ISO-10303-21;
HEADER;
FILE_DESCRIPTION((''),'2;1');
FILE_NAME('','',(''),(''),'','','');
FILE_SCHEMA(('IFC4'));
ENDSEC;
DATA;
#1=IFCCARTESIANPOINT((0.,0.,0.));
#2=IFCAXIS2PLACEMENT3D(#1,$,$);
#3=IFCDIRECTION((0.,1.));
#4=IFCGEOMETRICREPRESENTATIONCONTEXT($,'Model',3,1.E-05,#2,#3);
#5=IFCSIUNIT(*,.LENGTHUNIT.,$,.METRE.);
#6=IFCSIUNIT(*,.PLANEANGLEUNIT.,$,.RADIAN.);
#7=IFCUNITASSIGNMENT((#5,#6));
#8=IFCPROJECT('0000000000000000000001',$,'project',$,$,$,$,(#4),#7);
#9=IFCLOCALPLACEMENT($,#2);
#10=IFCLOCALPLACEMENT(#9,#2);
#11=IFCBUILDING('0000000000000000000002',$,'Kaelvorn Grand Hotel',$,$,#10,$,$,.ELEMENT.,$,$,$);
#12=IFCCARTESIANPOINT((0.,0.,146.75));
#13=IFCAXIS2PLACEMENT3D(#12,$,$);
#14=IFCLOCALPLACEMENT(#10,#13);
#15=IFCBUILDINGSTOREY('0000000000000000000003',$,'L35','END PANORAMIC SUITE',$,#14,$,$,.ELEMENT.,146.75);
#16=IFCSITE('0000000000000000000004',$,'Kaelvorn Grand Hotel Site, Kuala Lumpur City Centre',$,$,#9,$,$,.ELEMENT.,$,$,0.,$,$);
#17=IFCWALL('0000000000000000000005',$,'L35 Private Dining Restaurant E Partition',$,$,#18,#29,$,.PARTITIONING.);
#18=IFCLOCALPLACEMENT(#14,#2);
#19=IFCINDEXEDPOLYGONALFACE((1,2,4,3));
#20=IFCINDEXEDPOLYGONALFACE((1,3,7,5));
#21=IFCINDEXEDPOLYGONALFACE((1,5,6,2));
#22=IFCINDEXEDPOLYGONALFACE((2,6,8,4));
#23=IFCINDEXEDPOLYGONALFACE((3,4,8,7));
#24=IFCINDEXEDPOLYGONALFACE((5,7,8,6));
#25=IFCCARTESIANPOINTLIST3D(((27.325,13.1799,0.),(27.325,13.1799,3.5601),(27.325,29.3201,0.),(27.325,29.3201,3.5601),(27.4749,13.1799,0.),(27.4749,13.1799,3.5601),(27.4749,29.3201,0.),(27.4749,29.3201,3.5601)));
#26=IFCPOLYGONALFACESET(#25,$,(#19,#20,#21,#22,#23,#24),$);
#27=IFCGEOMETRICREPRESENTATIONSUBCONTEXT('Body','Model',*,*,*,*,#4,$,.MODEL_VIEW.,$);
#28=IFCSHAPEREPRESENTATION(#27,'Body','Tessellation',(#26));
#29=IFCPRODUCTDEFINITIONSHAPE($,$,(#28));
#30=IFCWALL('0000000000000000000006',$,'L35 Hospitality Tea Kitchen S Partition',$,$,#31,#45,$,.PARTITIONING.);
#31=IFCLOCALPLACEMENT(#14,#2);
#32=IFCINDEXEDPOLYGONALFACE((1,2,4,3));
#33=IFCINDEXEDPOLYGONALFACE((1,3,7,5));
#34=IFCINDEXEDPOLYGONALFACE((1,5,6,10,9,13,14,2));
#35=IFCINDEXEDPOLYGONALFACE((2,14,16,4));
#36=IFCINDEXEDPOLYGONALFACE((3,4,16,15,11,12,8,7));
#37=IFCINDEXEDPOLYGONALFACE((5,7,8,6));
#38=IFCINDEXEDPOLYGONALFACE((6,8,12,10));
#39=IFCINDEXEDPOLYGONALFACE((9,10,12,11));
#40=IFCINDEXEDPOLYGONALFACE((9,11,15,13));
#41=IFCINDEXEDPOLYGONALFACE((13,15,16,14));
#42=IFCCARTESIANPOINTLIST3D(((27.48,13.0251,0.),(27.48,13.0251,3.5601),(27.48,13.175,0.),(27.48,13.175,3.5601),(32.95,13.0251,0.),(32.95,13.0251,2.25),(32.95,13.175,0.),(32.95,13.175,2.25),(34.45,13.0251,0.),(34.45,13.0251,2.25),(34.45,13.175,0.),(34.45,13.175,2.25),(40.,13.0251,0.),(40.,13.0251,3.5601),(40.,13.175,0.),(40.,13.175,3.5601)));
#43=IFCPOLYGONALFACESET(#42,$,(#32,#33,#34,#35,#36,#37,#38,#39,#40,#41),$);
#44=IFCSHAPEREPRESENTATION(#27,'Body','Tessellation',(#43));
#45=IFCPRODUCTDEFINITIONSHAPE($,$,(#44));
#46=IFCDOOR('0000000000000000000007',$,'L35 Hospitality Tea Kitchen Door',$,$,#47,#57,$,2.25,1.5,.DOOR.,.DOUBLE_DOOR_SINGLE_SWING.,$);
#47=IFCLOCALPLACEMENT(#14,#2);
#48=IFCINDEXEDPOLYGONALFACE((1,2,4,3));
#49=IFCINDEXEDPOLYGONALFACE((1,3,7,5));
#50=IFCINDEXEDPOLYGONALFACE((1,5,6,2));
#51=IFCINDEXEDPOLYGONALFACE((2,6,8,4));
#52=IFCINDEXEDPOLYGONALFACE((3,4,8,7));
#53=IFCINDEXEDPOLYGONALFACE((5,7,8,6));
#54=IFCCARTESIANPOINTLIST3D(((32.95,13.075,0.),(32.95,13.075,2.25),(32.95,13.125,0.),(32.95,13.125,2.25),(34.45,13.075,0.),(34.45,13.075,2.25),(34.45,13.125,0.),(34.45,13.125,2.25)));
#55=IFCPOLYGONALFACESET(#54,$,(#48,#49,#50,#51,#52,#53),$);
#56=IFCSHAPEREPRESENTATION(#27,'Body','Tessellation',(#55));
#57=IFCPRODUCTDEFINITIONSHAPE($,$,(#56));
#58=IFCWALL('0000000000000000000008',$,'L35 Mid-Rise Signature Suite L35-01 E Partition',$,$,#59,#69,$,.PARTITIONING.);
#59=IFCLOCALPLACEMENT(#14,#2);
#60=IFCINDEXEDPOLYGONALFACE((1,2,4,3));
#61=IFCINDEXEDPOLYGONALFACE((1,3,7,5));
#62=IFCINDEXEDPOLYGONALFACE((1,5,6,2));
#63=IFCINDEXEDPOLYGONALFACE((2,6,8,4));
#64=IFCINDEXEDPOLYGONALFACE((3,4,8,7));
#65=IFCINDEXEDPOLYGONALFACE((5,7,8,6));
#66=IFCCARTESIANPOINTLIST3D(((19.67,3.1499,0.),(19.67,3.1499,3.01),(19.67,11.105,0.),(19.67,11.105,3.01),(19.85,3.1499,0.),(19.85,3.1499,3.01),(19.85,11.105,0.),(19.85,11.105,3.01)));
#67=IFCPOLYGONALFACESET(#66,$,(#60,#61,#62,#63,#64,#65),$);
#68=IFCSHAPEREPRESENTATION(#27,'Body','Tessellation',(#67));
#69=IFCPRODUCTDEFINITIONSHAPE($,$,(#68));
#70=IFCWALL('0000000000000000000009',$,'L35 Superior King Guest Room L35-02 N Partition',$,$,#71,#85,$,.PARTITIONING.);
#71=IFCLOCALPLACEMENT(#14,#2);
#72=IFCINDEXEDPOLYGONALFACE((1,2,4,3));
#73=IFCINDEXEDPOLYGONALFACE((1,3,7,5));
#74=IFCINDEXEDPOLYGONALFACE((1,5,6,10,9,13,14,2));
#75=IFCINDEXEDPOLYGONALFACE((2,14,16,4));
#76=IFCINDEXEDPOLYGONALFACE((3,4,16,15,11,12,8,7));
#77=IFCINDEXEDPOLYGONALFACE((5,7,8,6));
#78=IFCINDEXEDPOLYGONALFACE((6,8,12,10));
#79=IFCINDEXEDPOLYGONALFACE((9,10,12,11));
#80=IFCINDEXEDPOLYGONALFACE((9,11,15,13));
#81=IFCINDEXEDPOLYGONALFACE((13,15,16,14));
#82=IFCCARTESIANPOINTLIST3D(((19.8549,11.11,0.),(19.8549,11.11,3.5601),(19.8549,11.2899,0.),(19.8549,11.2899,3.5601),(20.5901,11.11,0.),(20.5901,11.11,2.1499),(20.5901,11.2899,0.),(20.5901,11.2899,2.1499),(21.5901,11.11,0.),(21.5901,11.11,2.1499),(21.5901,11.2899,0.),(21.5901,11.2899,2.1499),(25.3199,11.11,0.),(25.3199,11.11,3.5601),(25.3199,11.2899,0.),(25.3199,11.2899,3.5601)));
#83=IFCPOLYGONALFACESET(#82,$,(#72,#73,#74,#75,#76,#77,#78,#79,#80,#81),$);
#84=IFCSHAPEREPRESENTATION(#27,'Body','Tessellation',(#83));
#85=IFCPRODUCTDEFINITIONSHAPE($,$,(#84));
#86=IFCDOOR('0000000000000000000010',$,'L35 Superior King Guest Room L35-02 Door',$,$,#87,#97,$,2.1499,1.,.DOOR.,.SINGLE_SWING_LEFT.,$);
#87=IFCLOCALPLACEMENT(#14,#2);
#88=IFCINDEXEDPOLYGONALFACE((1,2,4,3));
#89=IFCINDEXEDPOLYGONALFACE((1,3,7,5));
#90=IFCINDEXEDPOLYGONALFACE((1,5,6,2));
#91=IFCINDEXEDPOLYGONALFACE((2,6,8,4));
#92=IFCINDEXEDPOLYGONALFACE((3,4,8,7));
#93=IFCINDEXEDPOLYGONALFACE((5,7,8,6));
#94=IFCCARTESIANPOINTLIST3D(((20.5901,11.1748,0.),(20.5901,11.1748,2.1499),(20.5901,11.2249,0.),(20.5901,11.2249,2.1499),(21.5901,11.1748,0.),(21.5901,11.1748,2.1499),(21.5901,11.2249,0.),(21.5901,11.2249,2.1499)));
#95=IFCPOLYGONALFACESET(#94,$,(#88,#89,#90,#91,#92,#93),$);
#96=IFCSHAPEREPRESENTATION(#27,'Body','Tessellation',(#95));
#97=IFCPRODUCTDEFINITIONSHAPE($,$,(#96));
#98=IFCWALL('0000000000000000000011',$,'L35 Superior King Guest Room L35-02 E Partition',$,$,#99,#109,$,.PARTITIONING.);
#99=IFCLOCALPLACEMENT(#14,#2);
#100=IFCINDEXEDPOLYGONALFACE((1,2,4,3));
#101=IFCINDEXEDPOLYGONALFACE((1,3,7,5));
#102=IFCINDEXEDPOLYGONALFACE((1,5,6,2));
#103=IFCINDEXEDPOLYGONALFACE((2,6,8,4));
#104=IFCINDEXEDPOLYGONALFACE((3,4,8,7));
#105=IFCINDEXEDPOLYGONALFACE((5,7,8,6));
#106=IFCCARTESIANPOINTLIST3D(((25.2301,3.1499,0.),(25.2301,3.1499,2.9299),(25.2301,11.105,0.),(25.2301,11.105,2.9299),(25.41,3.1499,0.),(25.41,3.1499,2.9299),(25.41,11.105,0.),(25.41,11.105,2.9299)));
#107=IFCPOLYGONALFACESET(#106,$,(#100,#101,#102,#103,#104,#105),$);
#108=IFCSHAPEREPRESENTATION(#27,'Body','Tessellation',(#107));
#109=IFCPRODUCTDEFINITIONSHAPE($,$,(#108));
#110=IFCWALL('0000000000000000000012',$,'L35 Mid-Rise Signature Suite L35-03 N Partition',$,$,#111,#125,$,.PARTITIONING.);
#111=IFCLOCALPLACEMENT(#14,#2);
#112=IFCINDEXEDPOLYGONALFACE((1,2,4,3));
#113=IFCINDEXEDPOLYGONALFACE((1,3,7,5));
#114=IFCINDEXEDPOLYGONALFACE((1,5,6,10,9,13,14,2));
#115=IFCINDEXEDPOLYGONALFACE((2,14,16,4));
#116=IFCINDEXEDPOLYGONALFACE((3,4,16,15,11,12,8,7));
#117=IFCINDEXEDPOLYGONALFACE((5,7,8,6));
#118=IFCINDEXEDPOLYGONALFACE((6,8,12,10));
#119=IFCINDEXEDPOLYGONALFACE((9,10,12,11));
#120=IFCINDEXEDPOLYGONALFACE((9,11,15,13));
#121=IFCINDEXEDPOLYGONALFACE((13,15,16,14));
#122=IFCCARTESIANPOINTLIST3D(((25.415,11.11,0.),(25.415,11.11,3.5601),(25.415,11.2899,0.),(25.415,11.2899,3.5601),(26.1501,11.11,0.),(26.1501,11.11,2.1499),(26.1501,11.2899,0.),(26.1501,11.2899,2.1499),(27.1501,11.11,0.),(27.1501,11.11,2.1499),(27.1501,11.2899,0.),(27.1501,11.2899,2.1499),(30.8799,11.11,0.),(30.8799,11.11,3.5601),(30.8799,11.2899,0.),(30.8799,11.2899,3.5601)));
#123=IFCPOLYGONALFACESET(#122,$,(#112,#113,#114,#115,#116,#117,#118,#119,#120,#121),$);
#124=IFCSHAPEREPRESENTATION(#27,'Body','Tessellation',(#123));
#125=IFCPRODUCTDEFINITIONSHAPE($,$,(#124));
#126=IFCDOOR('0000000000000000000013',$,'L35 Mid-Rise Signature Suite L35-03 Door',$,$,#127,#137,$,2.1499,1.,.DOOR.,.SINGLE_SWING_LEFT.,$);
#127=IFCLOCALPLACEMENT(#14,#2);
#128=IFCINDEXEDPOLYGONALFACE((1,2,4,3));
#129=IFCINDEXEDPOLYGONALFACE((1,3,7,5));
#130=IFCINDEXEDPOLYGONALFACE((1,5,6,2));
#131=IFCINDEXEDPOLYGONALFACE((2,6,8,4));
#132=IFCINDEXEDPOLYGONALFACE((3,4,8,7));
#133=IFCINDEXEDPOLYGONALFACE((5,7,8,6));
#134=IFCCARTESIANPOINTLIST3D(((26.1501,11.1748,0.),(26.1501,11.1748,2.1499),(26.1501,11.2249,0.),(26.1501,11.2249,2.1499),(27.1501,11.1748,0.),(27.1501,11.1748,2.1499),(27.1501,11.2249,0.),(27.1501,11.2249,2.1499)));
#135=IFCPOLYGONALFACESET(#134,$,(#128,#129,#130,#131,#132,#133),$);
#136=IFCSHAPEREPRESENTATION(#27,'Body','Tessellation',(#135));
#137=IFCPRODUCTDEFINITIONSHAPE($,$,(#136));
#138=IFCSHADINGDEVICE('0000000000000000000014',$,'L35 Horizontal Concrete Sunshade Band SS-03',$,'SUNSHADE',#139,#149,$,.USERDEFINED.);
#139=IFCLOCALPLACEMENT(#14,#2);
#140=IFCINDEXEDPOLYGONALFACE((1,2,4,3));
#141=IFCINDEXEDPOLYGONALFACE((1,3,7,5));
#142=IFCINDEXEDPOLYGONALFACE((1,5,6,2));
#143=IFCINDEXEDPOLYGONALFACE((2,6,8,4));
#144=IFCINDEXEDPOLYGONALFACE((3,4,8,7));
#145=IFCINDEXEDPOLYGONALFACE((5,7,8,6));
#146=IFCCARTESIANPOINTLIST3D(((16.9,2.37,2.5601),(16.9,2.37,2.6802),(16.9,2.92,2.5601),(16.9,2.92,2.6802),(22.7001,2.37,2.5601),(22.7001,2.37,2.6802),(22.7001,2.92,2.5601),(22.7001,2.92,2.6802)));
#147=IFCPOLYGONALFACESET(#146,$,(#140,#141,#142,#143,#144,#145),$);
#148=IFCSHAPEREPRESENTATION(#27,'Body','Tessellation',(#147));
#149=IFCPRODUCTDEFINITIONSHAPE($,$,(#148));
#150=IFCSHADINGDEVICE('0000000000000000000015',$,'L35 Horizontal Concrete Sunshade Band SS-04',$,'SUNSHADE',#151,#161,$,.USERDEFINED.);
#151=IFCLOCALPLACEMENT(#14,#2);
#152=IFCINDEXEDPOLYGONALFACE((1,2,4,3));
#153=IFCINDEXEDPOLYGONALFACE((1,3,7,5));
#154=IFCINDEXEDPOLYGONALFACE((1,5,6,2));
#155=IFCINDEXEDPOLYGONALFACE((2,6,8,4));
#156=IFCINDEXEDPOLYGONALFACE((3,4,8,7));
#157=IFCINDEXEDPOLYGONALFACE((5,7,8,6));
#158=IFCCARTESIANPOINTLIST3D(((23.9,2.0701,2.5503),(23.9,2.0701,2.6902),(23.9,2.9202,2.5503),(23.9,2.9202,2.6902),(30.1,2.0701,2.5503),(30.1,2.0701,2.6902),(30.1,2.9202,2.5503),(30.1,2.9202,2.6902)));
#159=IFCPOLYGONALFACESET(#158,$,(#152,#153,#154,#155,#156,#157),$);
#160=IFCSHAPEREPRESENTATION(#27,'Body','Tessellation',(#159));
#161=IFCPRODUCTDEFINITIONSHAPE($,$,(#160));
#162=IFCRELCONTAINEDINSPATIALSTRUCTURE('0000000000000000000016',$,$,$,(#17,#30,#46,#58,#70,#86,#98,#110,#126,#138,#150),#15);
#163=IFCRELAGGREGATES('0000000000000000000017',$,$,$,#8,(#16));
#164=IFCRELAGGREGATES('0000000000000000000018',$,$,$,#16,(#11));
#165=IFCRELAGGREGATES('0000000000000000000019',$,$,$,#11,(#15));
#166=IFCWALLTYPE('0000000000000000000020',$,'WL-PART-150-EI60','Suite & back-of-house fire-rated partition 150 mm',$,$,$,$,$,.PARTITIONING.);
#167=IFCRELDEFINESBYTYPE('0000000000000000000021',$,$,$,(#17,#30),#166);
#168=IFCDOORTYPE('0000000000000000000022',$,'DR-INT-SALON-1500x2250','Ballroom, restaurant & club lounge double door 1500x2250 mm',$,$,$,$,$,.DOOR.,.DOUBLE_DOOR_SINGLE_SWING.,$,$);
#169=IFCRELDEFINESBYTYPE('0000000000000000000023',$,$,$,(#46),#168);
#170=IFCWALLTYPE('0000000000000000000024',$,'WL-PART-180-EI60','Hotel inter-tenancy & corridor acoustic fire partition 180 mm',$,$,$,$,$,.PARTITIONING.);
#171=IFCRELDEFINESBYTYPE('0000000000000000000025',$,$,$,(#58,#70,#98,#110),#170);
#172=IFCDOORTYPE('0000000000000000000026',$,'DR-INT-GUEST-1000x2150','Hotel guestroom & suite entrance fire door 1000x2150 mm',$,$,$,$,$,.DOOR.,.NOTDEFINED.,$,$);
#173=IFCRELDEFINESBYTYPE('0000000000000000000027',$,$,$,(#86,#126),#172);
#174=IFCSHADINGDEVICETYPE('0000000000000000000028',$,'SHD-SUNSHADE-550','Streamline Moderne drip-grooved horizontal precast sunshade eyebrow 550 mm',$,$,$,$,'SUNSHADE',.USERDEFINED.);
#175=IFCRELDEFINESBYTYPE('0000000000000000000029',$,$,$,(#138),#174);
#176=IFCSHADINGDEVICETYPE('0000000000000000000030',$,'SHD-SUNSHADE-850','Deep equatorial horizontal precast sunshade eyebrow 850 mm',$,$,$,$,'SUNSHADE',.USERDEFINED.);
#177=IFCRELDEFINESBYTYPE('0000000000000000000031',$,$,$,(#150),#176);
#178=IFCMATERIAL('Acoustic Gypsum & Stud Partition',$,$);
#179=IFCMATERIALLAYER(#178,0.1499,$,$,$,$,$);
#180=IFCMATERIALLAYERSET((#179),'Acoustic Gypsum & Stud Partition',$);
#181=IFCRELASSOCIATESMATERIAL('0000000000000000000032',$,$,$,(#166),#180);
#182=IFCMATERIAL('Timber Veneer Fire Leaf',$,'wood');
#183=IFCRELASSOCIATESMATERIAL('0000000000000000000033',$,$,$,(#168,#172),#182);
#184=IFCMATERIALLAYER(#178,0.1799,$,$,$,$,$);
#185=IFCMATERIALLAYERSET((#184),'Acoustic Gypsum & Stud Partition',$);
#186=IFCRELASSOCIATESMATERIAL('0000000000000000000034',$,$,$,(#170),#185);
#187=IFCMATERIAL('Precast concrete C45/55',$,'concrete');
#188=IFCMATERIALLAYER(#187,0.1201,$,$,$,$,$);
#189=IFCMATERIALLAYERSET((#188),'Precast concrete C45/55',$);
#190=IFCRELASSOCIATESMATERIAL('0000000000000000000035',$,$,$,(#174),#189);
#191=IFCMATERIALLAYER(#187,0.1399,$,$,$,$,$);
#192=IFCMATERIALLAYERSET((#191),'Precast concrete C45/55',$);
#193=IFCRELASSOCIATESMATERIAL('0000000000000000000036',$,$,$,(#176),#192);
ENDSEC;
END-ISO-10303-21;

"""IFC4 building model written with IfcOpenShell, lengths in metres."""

from ifc_helpers import new_model, si_unit, direction, frame, frame_2d, origin, origin_2d, place, context, subcontext, project, spatial, rectangle, extrude, material, layer, layer_set, type_object, element, fill, save


model = new_model("IFC4")

# Units and contexts
model_context = context("Model", 3, precision=1e-05, world=origin(), true_north=direction((0.0, 1.0)))
body_context = subcontext(model_context, "Body", "Model", "MODEL_VIEW")
ifc_project = project(units=[si_unit("LENGTHUNIT", "METRE"), si_unit("PLANEANGLEUNIT", "RADIAN")], contexts=[model_context])

# Site, building, storey
site_placement = place(None, origin())
site = spatial("IfcSite", under=ifc_project, at=site_placement, Name="Kaelvorn Grand Hotel Site, Kuala Lumpur City Centre", CompositionType="ELEMENT", RefElevation=0.0)
building_placement = place(site_placement, origin())
building = spatial("IfcBuilding", under=site, at=building_placement, Name="Kaelvorn Grand Hotel", CompositionType="ELEMENT")
storey_placement = place(building_placement, frame((0.0, 0.0, 146.75)))
storey = spatial("IfcBuildingStorey", under=building, at=storey_placement, Name="L35", Description="END PANORAMIC SUITE", CompositionType="ELEMENT", Elevation=146.75)

# Wall
ifc_material_1 = material(Name="Acoustic Gypsum & Stud Partition")
ifc_layer_1 = layer(ifc_material_1, 0.1499)
ifc_layer_set_1 = layer_set([ifc_layer_1], Name="Acoustic Gypsum & Stud Partition")
wall_type_1 = type_object("IfcWallType", Name="WL-PART-150-EI60", Description="Suite & back-of-house fire-rated partition 150 mm", PredefinedType="PARTITIONING", material=ifc_layer_set_1)
wall_1_placement = place(storey_placement, frame((27.3999, 13.1799, 0.0), z_axis=(0.0, 0.0, 1.0), x_axis=(0.0, 1.0, 0.0)))
element("IfcWall", 1, at=wall_1_placement, inside=storey, type_object=wall_type_1, Name="L35 Private Dining Restaurant E Partition", PredefinedType="PARTITIONING", context=body_context, shape_type="SweptSolid", body=[
    extrude(rectangle(XDim=16.1401, YDim=0.1499, at=frame_2d((8.0701, 0.0))), origin(), (0.0, 0.0, 1.0), 3.5601),
])

# Wall, opening, door
wall_2_placement = place(storey_placement, frame((27.48, 13.1001, 0.0), z_axis=(0.0, 0.0, 1.0), x_axis=(1.0, 0.0, 0.0)))
wall_2 = element("IfcWall", 2, at=wall_2_placement, inside=storey, type_object=wall_type_1, Name="L35 Hospitality Tea Kitchen S Partition", PredefinedType="PARTITIONING", context=body_context, shape_type="SweptSolid", body=[
    extrude(rectangle(XDim=12.52, YDim=0.1499, at=frame_2d((6.26, 0.0))), origin(), (0.0, 0.0, 1.0), 3.5601),
])
opening_1_placement = place(wall_2_placement, frame((5.47, 0.0, 0.0)))
opening_1 = element("IfcOpeningElement", 3, at=opening_1_placement, cuts=wall_2, PredefinedType="OPENING", context=body_context, shape_type="SweptSolid", body=[
    extrude(rectangle(XDim=1.5, YDim=2.25, at=frame_2d((0.75, 1.125))), frame((0.0, 0.085, 0.0), z_axis=(0.0, -1.0, 0.0), x_axis=(1.0, 0.0, 0.0)), (0.0, 0.0, 1.0), 0.1699),
])
ifc_material_2 = material(Name="Timber Veneer Fire Leaf", Category="wood")
door_type_1 = type_object("IfcDoorType", Name="DR-INT-SALON-1500x2250", Description="Ballroom, restaurant & club lounge double door 1500x2250 mm", OperationType="DOUBLE_DOOR_SINGLE_SWING", PredefinedType="DOOR", material=ifc_material_2)
door_1_placement = place(opening_1_placement, origin())
door_1 = element("IfcDoor", 4, at=door_1_placement, inside=storey, type_object=door_type_1, Name="L35 Hospitality Tea Kitchen Door", OperationType="DOUBLE_DOOR_SINGLE_SWING", OverallHeight=2.25, OverallWidth=1.5, PredefinedType="DOOR", context=body_context, shape_type="SweptSolid", body=[
    extrude(rectangle(XDim=1.5, YDim=2.25, at=frame_2d((0.75, 1.125))), frame((0.0, 0.0249, 0.0), z_axis=(0.0, -1.0, 0.0), x_axis=(1.0, 0.0, 0.0)), (0.0, 0.0, 1.0), 0.05),
])
fill(opening_1, door_1)

# Wall
ifc_layer_2 = layer(ifc_material_1, 0.1799)
ifc_layer_set_2 = layer_set([ifc_layer_2], Name="Acoustic Gypsum & Stud Partition")
wall_type_2 = type_object("IfcWallType", Name="WL-PART-180-EI60", Description="Hotel inter-tenancy & corridor acoustic fire partition 180 mm", PredefinedType="PARTITIONING", material=ifc_layer_set_2)
wall_3_placement = place(storey_placement, frame((19.76, 3.1499, 0.0), z_axis=(0.0, 0.0, 1.0), x_axis=(0.0, 1.0, 0.0)))
element("IfcWall", 5, at=wall_3_placement, inside=storey, type_object=wall_type_2, Name="L35 Mid-Rise Signature Suite L35-01 E Partition", PredefinedType="PARTITIONING", context=body_context, shape_type="SweptSolid", body=[
    extrude(rectangle(XDim=7.9551, YDim=0.1799, at=frame_2d((3.9775, 0.0))), origin(), (0.0, 0.0, 1.0), 3.01),
])

# Wall, opening, door
wall_4_placement = place(storey_placement, frame((19.855, 11.2, 0.0), z_axis=(0.0, 0.0, 1.0), x_axis=(1.0, 0.0, 0.0)))
wall_4 = element("IfcWall", 6, at=wall_4_placement, inside=storey, type_object=wall_type_2, Name="L35 Superior King Guest Room L35-02 N Partition", PredefinedType="PARTITIONING", context=body_context, shape_type="SweptSolid", body=[
    extrude(rectangle(XDim=5.4651, YDim=0.1799, at=frame_2d((2.7324, 0.0))), origin(), (0.0, 0.0, 1.0), 3.5601),
])
opening_2_placement = place(wall_4_placement, frame((0.7351, 0.0, 0.0)))
opening_2 = element("IfcOpeningElement", 7, at=opening_2_placement, cuts=wall_4, PredefinedType="OPENING", context=body_context, shape_type="SweptSolid", body=[
    extrude(rectangle(XDim=1.0, YDim=2.1499, at=frame_2d((0.5, 1.075))), frame((0.0, 0.1001, 0.0), z_axis=(0.0, -1.0, 0.0), x_axis=(1.0, 0.0, 0.0)), (0.0, 0.0, 1.0), 0.2),
])
door_type_2 = type_object("IfcDoorType", Name="DR-INT-GUEST-1000x2150", Description="Hotel guestroom & suite entrance fire door 1000x2150 mm", OperationType="NOTDEFINED", PredefinedType="DOOR", material=ifc_material_2)
door_2_placement = place(opening_2_placement, origin())
door_2 = element("IfcDoor", 8, at=door_2_placement, inside=storey, type_object=door_type_2, Name="L35 Superior King Guest Room L35-02 Door", OperationType="SINGLE_SWING_LEFT", OverallHeight=2.1499, OverallWidth=1.0, PredefinedType="DOOR", context=body_context, shape_type="SweptSolid", body=[
    extrude(rectangle(XDim=1.0, YDim=2.1499, at=frame_2d((0.5, 1.075))), frame((0.0, 0.0249, 0.0), z_axis=(0.0, -1.0, 0.0), x_axis=(1.0, 0.0, 0.0)), (0.0, 0.0, 1.0), 0.05),
])
fill(opening_2, door_2)

# Wall
wall_5_placement = place(storey_placement, frame((25.3201, 3.1499, 0.0), z_axis=(0.0, 0.0, 1.0), x_axis=(0.0, 1.0, 0.0)))
element("IfcWall", 9, at=wall_5_placement, inside=storey, type_object=wall_type_2, Name="L35 Superior King Guest Room L35-02 E Partition", PredefinedType="PARTITIONING", context=body_context, shape_type="SweptSolid", body=[
    extrude(rectangle(XDim=7.9551, YDim=0.1799, at=frame_2d((3.9775, 0.0))), origin(), (0.0, 0.0, 1.0), 2.9299),
])

# Wall, opening, door
wall_6_placement = place(storey_placement, frame((25.415, 11.2, 0.0), z_axis=(0.0, 0.0, 1.0), x_axis=(1.0, 0.0, 0.0)))
wall_6 = element("IfcWall", 10, at=wall_6_placement, inside=storey, type_object=wall_type_2, Name="L35 Mid-Rise Signature Suite L35-03 N Partition", PredefinedType="PARTITIONING", context=body_context, shape_type="SweptSolid", body=[
    extrude(rectangle(XDim=5.4648, YDim=0.1799, at=frame_2d((2.7324, 0.0))), origin(), (0.0, 0.0, 1.0), 3.5601),
])
opening_3_placement = place(wall_6_placement, frame((0.7351, 0.0, 0.0)))
opening_3 = element("IfcOpeningElement", 11, at=opening_3_placement, cuts=wall_6, PredefinedType="OPENING", context=body_context, shape_type="SweptSolid", body=[
    extrude(rectangle(XDim=1.0, YDim=2.1499, at=frame_2d((0.5, 1.075))), frame((0.0, 0.1001, 0.0), z_axis=(0.0, -1.0, 0.0), x_axis=(1.0, 0.0, 0.0)), (0.0, 0.0, 1.0), 0.2),
])
door_3_placement = place(opening_3_placement, origin())
door_3 = element("IfcDoor", 12, at=door_3_placement, inside=storey, type_object=door_type_2, Name="L35 Mid-Rise Signature Suite L35-03 Door", OperationType="SINGLE_SWING_LEFT", OverallHeight=2.1499, OverallWidth=1.0, PredefinedType="DOOR", context=body_context, shape_type="SweptSolid", body=[
    extrude(rectangle(XDim=1.0, YDim=2.1499, at=frame_2d((0.5, 1.075))), frame((0.0, 0.0249, 0.0), z_axis=(0.0, -1.0, 0.0), x_axis=(1.0, 0.0, 0.0)), (0.0, 0.0, 1.0), 0.05),
])
fill(opening_3, door_3)

# Shading devices
ifc_material_3 = material(Name="Precast concrete C45/55", Category="concrete")
ifc_layer_3 = layer(ifc_material_3, 0.1201)
ifc_layer_set_3 = layer_set([ifc_layer_3], Name="Precast concrete C45/55")
shading_device_type_1 = type_object("IfcShadingDeviceType", Name="SHD-SUNSHADE-550", Description="Streamline Moderne drip-grooved horizontal precast sunshade eyebrow 550 mm", ElementType="SUNSHADE", PredefinedType="USERDEFINED", material=ifc_layer_set_3)
shading_device_1_placement = place(storey_placement, frame((19.8, 2.645, 2.5601), z_axis=(0.0, 0.0, 1.0), x_axis=(1.0, 0.0, 0.0)))
element("IfcShadingDevice", 13, at=shading_device_1_placement, inside=storey, type_object=shading_device_type_1, Name="L35 Horizontal Concrete Sunshade Band SS-03", ObjectType="SUNSHADE", PredefinedType="USERDEFINED", context=body_context, shape_type="SweptSolid", body=[
    extrude(rectangle(XDim=5.8, YDim=0.55, at=origin_2d()), origin(), (0.0, 0.0, 1.0), 0.1201),
])
ifc_layer_4 = layer(ifc_material_3, 0.1399)
ifc_layer_set_4 = layer_set([ifc_layer_4], Name="Precast concrete C45/55")
shading_device_type_2 = type_object("IfcShadingDeviceType", Name="SHD-SUNSHADE-850", Description="Deep equatorial horizontal precast sunshade eyebrow 850 mm", ElementType="SUNSHADE", PredefinedType="USERDEFINED", material=ifc_layer_set_4)
shading_device_2_placement = place(storey_placement, frame((27.0, 2.4951, 2.5503), z_axis=(0.0, 0.0, 1.0), x_axis=(1.0, 0.0, 0.0)))
element("IfcShadingDevice", 14, at=shading_device_2_placement, inside=storey, type_object=shading_device_type_2, Name="L35 Horizontal Concrete Sunshade Band SS-04", ObjectType="SUNSHADE", PredefinedType="USERDEFINED", context=body_context, shape_type="SweptSolid", body=[
    extrude(rectangle(XDim=6.2, YDim=0.8501, at=origin_2d()), origin(), (0.0, 0.0, 1.0), 0.1399),
])

save(model, "model.ifc")
